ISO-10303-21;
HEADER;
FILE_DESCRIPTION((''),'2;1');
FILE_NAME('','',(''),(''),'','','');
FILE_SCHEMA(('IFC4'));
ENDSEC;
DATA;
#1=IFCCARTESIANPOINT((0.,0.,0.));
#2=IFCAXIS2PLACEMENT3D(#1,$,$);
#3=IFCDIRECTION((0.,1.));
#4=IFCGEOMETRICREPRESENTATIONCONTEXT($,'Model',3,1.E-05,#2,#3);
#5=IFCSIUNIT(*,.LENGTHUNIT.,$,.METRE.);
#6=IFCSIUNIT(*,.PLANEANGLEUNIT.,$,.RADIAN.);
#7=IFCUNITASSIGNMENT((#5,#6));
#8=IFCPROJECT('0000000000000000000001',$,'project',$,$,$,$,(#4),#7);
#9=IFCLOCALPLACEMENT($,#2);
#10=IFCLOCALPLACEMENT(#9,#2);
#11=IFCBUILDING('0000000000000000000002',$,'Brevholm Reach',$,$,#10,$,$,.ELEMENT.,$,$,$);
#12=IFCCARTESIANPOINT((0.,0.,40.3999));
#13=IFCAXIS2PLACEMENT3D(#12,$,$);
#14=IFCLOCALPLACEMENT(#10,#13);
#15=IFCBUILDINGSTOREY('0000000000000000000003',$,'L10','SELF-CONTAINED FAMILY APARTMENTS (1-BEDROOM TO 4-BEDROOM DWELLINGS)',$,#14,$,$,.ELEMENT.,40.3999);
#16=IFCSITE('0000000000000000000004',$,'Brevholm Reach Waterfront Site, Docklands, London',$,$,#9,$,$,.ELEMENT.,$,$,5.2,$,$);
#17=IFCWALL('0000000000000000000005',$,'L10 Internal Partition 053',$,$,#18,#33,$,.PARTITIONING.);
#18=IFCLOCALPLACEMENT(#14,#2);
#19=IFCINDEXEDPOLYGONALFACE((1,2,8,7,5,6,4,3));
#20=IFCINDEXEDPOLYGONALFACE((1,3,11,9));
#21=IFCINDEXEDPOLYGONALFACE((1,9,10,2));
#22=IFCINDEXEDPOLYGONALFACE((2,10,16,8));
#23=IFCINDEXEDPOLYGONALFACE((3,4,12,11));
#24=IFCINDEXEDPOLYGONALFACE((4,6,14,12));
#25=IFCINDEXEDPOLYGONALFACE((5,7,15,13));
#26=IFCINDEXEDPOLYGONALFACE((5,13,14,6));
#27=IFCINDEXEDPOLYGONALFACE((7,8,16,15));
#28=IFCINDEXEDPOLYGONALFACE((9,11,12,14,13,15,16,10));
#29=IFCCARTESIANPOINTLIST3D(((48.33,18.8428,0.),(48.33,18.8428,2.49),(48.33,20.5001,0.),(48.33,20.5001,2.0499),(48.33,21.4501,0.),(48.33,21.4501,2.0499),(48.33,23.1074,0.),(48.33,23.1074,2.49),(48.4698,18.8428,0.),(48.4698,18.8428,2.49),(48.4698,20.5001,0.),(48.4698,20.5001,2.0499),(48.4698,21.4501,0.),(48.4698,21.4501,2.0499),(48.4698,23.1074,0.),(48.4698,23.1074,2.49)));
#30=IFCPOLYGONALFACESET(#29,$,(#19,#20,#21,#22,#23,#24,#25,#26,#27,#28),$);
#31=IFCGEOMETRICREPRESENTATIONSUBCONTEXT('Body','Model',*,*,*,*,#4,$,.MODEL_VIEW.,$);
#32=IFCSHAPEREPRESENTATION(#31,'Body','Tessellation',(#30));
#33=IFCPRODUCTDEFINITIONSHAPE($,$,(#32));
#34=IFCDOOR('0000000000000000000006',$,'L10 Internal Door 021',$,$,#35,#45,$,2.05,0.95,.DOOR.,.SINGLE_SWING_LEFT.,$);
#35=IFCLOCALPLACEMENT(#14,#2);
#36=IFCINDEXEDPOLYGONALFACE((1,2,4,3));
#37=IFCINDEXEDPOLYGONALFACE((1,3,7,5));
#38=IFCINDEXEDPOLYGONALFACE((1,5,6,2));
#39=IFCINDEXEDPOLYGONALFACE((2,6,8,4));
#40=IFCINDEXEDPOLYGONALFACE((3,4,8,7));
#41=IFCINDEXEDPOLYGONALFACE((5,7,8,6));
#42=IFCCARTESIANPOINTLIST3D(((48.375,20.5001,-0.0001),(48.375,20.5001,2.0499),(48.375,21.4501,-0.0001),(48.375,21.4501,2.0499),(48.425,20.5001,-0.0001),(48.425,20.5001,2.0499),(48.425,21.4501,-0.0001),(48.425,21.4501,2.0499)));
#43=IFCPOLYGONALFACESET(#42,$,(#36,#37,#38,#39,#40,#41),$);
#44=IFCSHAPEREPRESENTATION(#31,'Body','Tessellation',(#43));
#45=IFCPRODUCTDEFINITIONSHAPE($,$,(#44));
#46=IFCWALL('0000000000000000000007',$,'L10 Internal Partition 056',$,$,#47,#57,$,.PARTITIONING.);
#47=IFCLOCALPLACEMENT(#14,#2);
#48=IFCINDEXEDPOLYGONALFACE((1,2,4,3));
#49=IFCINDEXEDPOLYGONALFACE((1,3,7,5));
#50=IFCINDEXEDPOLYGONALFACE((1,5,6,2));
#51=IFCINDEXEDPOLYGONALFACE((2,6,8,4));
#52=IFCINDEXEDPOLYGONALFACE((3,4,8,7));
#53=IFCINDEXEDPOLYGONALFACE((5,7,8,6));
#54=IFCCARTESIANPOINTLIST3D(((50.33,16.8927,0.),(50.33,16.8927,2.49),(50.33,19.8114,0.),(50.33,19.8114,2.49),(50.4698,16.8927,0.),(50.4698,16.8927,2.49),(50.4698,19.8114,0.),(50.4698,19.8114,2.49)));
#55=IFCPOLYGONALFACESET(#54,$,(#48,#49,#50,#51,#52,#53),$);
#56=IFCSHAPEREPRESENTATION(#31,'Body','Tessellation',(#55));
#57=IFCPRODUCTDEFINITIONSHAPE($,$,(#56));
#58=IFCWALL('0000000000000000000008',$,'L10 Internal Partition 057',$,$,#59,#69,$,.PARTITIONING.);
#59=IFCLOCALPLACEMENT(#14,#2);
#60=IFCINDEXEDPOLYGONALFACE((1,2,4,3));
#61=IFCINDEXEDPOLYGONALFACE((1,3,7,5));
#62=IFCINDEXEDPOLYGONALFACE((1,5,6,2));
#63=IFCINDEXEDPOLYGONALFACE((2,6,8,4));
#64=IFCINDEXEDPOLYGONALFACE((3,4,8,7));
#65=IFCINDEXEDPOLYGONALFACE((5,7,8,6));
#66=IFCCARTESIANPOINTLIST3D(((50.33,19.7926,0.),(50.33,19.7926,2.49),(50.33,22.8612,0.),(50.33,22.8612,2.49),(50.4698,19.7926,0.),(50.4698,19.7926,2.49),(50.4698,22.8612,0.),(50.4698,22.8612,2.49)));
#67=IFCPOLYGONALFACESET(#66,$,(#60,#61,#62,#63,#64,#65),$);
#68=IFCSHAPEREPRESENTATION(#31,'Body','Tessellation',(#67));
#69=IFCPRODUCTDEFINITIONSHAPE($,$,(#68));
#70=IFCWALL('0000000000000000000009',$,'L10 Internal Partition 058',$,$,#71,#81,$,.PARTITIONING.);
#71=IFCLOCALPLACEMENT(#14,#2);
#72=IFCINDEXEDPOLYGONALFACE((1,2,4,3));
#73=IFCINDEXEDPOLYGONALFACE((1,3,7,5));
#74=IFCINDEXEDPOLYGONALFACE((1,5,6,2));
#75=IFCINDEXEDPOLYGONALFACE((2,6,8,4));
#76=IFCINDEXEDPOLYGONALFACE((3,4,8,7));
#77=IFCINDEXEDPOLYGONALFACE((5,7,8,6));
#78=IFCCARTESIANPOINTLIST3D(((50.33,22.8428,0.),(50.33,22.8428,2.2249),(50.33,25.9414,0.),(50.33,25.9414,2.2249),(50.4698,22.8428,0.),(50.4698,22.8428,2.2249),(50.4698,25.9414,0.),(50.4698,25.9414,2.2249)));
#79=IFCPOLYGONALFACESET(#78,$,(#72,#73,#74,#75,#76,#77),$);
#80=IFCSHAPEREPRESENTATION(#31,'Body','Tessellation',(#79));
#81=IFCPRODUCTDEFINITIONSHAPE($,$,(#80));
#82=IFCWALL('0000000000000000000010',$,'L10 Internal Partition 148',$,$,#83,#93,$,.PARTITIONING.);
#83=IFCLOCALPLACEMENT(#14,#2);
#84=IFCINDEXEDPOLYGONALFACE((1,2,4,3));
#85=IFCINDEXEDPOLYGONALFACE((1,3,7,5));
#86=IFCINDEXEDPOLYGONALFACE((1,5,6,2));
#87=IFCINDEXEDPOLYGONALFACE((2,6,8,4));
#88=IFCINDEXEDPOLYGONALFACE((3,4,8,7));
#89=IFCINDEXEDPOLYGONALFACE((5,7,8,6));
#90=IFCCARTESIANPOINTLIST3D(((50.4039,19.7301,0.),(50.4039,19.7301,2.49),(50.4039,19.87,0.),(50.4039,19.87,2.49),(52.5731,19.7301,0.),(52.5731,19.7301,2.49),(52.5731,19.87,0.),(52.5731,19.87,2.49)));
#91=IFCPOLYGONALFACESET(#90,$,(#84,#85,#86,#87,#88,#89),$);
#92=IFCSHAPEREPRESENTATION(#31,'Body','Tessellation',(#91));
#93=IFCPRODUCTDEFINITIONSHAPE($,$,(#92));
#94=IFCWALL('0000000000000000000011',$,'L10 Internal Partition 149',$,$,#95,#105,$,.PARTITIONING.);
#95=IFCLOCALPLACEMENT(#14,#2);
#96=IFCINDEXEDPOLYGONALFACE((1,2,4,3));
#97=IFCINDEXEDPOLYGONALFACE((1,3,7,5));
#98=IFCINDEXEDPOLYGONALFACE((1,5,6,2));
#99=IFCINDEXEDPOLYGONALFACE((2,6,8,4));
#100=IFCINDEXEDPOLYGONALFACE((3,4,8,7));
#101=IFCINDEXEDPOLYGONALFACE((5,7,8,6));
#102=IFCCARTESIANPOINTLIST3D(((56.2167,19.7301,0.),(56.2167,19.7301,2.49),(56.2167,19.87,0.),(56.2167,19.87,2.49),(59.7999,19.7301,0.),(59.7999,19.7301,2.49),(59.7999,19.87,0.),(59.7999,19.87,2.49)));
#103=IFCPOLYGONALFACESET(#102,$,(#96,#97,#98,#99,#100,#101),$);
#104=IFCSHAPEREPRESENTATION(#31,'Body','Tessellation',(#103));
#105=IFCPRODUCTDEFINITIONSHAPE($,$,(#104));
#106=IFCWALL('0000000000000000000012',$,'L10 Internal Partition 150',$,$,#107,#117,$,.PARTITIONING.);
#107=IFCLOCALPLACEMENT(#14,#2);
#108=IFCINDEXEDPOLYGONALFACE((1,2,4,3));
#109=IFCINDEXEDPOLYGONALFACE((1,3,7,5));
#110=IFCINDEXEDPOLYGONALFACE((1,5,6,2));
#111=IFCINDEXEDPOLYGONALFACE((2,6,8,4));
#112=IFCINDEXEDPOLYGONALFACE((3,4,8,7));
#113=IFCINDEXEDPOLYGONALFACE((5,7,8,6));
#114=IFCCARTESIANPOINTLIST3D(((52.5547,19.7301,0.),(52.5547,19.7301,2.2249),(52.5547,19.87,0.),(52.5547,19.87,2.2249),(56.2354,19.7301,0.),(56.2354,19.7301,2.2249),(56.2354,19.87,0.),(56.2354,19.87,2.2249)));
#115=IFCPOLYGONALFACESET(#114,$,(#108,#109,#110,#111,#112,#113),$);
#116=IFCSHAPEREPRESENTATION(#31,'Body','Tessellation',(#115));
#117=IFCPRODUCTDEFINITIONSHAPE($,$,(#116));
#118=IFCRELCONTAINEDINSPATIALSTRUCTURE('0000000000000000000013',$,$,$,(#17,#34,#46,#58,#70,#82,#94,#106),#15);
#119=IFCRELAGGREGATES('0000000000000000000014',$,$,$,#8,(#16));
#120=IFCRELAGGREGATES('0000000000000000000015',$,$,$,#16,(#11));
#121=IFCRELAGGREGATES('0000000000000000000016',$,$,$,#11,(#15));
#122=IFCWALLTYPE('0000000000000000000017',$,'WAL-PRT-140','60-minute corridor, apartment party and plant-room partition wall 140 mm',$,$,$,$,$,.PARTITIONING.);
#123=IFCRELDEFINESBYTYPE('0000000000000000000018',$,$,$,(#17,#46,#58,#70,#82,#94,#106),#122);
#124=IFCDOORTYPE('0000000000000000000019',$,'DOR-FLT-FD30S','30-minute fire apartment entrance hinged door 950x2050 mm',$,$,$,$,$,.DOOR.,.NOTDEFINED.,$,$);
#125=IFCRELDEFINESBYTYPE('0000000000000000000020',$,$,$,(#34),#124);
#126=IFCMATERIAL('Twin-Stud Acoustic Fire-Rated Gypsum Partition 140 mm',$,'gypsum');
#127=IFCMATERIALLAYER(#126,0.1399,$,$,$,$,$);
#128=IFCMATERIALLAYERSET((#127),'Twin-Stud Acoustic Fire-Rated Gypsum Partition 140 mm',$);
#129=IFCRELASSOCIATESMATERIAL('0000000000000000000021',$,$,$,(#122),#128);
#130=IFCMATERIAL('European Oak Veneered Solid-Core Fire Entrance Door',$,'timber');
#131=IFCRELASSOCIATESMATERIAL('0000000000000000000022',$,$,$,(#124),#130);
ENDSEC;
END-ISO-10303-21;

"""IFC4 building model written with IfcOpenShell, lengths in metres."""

from ifc_helpers import new_model, si_unit, direction, frame, frame_2d, origin, place, context, subcontext, project, spatial, rectangle, extrude, material, layer, layer_set, type_object, element, fill, save


model = new_model("IFC4")

# Units and contexts
model_context = context("Model", 3, precision=1e-05, world=origin(), true_north=direction((0.0, 1.0)))
body_context = subcontext(model_context, "Body", "Model", "MODEL_VIEW")
ifc_project = project(units=[si_unit("LENGTHUNIT", "METRE"), si_unit("PLANEANGLEUNIT", "RADIAN")], contexts=[model_context])

# Site, building, storey
site_placement = place(None, origin())
site = spatial("IfcSite", under=ifc_project, at=site_placement, Name="Brevholm Reach Waterfront Site, Docklands, London", CompositionType="ELEMENT", RefElevation=5.2)
building_placement = place(site_placement, origin())
building = spatial("IfcBuilding", under=site, at=building_placement, Name="Brevholm Reach", CompositionType="ELEMENT")
storey_placement = place(building_placement, frame((0.0, 0.0, 40.3999)))
storey = spatial("IfcBuildingStorey", under=building, at=storey_placement, Name="L10", Description="SELF-CONTAINED FAMILY APARTMENTS (1-BEDROOM TO 4-BEDROOM DWELLINGS)", CompositionType="ELEMENT", Elevation=40.3999)

# Wall, opening, door
ifc_material_1 = material(Name="Twin-Stud Acoustic Fire-Rated Gypsum Partition 140 mm", Category="gypsum")
ifc_layer_1 = layer(ifc_material_1, 0.1399)
ifc_layer_set_1 = layer_set([ifc_layer_1], Name="Twin-Stud Acoustic Fire-Rated Gypsum Partition 140 mm")
wall_type_1 = type_object("IfcWallType", Name="WAL-PRT-140", Description="60-minute corridor, apartment party and plant-room partition wall 140 mm", PredefinedType="PARTITIONING", material=ifc_layer_set_1)
wall_1_placement = place(storey_placement, frame((48.3999, 18.8428, 0.0), z_axis=(0.0, 0.0, 1.0), x_axis=(0.0, 1.0, 0.0)))
wall_1 = element("IfcWall", 1, at=wall_1_placement, inside=storey, type_object=wall_type_1, Name="L10 Internal Partition 053", PredefinedType="PARTITIONING", context=body_context, shape_type="SweptSolid", body=[
    extrude(rectangle(XDim=4.2646, YDim=0.1399, at=frame_2d((2.1323, 0.0))), origin(), (0.0, 0.0, 1.0), 2.49),
])
opening_1_placement = place(wall_1_placement, frame((1.6572, 0.0, 0.0)))
opening_1 = element("IfcOpeningElement", 2, at=opening_1_placement, cuts=wall_1, PredefinedType="OPENING", context=body_context, shape_type="SweptSolid", body=[
    extrude(rectangle(XDim=0.95, YDim=2.05, at=frame_2d((0.4751, 1.0249))), frame((0.0, 0.0798, 0.0), z_axis=(0.0, -1.0, 0.0), x_axis=(1.0, 0.0, 0.0)), (0.0, 0.0, 1.0), 0.1599),
])
ifc_material_2 = material(Name="European Oak Veneered Solid-Core Fire Entrance Door", Category="timber")
door_type_1 = type_object("IfcDoorType", Name="DOR-FLT-FD30S", Description="30-minute fire apartment entrance hinged door 950x2050 mm", OperationType="NOTDEFINED", PredefinedType="DOOR", material=ifc_material_2)
door_1_placement = place(opening_1_placement, origin())
door_1 = element("IfcDoor", 3, at=door_1_placement, inside=storey, type_object=door_type_1, Name="L10 Internal Door 021", OperationType="SINGLE_SWING_LEFT", OverallHeight=2.05, OverallWidth=0.95, PredefinedType="DOOR", context=body_context, shape_type="SweptSolid", body=[
    extrude(rectangle(XDim=0.95, YDim=2.05, at=frame_2d((0.4751, 1.0249))), frame((0.0, 0.0249, 0.0), z_axis=(0.0, -1.0, 0.0), x_axis=(1.0, 0.0, 0.0)), (0.0, 0.0, 1.0), 0.05),
])
fill(opening_1, door_1)

# Walls
wall_2_placement = place(storey_placement, frame((50.3999, 16.8926, 0.0), z_axis=(0.0, 0.0, 1.0), x_axis=(0.0, 1.0, 0.0)))
element("IfcWall", 4, at=wall_2_placement, inside=storey, type_object=wall_type_1, Name="L10 Internal Partition 056", PredefinedType="PARTITIONING", context=body_context, shape_type="SweptSolid", body=[
    extrude(rectangle(XDim=2.9187, YDim=0.1399, at=frame_2d((1.4595, 0.0))), origin(), (0.0, 0.0, 1.0), 2.49),
])
wall_3_placement = place(storey_placement, frame((50.3999, 19.7927, 0.0), z_axis=(0.0, 0.0, 1.0), x_axis=(0.0, 1.0, 0.0)))
element("IfcWall", 5, at=wall_3_placement, inside=storey, type_object=wall_type_1, Name="L10 Internal Partition 057", PredefinedType="PARTITIONING", context=body_context, shape_type="SweptSolid", body=[
    extrude(rectangle(XDim=3.0686, YDim=0.1399, at=frame_2d((1.5342, 0.0))), origin(), (0.0, 0.0, 1.0), 2.49),
])
wall_4_placement = place(storey_placement, frame((50.3999, 22.8428, 0.0), z_axis=(0.0, 0.0, 1.0), x_axis=(0.0, 1.0, 0.0)))
element("IfcWall", 6, at=wall_4_placement, inside=storey, type_object=wall_type_1, Name="L10 Internal Partition 058", PredefinedType="PARTITIONING", context=body_context, shape_type="SweptSolid", body=[
    extrude(rectangle(XDim=3.0986, YDim=0.1399, at=frame_2d((1.5493, 0.0))), origin(), (0.0, 0.0, 1.0), 2.2249),
])
wall_5_placement = place(storey_placement, frame((50.4041, 19.8, 0.0), z_axis=(0.0, 0.0, 1.0), x_axis=(1.0, 0.0, 0.0)))
element("IfcWall", 7, at=wall_5_placement, inside=storey, type_object=wall_type_1, Name="L10 Internal Partition 148", PredefinedType="PARTITIONING", context=body_context, shape_type="SweptSolid", body=[
    extrude(rectangle(XDim=2.1692, YDim=0.1399, at=frame_2d((1.0845, 0.0))), origin(), (0.0, 0.0, 1.0), 2.49),
])
wall_6_placement = place(storey_placement, frame((56.2168, 19.8, 0.0), z_axis=(0.0, 0.0, 1.0), x_axis=(1.0, 0.0, 0.0)))
element("IfcWall", 8, at=wall_6_placement, inside=storey, type_object=wall_type_1, Name="L10 Internal Partition 149", PredefinedType="PARTITIONING", context=body_context, shape_type="SweptSolid", body=[
    extrude(rectangle(XDim=3.5833, YDim=0.1399, at=frame_2d((1.7915, 0.0))), origin(), (0.0, 0.0, 1.0), 2.49),
])
wall_7_placement = place(storey_placement, frame((52.5547, 19.8, 0.0), z_axis=(0.0, 0.0, 1.0), x_axis=(1.0, 0.0, 0.0)))
element("IfcWall", 9, at=wall_7_placement, inside=storey, type_object=wall_type_1, Name="L10 Internal Partition 150", PredefinedType="PARTITIONING", context=body_context, shape_type="SweptSolid", body=[
    extrude(rectangle(XDim=3.6807, YDim=0.1399, at=frame_2d((1.8403, 0.0))), origin(), (0.0, 0.0, 1.0), 2.2249),
])

save(model, "model.ifc")
